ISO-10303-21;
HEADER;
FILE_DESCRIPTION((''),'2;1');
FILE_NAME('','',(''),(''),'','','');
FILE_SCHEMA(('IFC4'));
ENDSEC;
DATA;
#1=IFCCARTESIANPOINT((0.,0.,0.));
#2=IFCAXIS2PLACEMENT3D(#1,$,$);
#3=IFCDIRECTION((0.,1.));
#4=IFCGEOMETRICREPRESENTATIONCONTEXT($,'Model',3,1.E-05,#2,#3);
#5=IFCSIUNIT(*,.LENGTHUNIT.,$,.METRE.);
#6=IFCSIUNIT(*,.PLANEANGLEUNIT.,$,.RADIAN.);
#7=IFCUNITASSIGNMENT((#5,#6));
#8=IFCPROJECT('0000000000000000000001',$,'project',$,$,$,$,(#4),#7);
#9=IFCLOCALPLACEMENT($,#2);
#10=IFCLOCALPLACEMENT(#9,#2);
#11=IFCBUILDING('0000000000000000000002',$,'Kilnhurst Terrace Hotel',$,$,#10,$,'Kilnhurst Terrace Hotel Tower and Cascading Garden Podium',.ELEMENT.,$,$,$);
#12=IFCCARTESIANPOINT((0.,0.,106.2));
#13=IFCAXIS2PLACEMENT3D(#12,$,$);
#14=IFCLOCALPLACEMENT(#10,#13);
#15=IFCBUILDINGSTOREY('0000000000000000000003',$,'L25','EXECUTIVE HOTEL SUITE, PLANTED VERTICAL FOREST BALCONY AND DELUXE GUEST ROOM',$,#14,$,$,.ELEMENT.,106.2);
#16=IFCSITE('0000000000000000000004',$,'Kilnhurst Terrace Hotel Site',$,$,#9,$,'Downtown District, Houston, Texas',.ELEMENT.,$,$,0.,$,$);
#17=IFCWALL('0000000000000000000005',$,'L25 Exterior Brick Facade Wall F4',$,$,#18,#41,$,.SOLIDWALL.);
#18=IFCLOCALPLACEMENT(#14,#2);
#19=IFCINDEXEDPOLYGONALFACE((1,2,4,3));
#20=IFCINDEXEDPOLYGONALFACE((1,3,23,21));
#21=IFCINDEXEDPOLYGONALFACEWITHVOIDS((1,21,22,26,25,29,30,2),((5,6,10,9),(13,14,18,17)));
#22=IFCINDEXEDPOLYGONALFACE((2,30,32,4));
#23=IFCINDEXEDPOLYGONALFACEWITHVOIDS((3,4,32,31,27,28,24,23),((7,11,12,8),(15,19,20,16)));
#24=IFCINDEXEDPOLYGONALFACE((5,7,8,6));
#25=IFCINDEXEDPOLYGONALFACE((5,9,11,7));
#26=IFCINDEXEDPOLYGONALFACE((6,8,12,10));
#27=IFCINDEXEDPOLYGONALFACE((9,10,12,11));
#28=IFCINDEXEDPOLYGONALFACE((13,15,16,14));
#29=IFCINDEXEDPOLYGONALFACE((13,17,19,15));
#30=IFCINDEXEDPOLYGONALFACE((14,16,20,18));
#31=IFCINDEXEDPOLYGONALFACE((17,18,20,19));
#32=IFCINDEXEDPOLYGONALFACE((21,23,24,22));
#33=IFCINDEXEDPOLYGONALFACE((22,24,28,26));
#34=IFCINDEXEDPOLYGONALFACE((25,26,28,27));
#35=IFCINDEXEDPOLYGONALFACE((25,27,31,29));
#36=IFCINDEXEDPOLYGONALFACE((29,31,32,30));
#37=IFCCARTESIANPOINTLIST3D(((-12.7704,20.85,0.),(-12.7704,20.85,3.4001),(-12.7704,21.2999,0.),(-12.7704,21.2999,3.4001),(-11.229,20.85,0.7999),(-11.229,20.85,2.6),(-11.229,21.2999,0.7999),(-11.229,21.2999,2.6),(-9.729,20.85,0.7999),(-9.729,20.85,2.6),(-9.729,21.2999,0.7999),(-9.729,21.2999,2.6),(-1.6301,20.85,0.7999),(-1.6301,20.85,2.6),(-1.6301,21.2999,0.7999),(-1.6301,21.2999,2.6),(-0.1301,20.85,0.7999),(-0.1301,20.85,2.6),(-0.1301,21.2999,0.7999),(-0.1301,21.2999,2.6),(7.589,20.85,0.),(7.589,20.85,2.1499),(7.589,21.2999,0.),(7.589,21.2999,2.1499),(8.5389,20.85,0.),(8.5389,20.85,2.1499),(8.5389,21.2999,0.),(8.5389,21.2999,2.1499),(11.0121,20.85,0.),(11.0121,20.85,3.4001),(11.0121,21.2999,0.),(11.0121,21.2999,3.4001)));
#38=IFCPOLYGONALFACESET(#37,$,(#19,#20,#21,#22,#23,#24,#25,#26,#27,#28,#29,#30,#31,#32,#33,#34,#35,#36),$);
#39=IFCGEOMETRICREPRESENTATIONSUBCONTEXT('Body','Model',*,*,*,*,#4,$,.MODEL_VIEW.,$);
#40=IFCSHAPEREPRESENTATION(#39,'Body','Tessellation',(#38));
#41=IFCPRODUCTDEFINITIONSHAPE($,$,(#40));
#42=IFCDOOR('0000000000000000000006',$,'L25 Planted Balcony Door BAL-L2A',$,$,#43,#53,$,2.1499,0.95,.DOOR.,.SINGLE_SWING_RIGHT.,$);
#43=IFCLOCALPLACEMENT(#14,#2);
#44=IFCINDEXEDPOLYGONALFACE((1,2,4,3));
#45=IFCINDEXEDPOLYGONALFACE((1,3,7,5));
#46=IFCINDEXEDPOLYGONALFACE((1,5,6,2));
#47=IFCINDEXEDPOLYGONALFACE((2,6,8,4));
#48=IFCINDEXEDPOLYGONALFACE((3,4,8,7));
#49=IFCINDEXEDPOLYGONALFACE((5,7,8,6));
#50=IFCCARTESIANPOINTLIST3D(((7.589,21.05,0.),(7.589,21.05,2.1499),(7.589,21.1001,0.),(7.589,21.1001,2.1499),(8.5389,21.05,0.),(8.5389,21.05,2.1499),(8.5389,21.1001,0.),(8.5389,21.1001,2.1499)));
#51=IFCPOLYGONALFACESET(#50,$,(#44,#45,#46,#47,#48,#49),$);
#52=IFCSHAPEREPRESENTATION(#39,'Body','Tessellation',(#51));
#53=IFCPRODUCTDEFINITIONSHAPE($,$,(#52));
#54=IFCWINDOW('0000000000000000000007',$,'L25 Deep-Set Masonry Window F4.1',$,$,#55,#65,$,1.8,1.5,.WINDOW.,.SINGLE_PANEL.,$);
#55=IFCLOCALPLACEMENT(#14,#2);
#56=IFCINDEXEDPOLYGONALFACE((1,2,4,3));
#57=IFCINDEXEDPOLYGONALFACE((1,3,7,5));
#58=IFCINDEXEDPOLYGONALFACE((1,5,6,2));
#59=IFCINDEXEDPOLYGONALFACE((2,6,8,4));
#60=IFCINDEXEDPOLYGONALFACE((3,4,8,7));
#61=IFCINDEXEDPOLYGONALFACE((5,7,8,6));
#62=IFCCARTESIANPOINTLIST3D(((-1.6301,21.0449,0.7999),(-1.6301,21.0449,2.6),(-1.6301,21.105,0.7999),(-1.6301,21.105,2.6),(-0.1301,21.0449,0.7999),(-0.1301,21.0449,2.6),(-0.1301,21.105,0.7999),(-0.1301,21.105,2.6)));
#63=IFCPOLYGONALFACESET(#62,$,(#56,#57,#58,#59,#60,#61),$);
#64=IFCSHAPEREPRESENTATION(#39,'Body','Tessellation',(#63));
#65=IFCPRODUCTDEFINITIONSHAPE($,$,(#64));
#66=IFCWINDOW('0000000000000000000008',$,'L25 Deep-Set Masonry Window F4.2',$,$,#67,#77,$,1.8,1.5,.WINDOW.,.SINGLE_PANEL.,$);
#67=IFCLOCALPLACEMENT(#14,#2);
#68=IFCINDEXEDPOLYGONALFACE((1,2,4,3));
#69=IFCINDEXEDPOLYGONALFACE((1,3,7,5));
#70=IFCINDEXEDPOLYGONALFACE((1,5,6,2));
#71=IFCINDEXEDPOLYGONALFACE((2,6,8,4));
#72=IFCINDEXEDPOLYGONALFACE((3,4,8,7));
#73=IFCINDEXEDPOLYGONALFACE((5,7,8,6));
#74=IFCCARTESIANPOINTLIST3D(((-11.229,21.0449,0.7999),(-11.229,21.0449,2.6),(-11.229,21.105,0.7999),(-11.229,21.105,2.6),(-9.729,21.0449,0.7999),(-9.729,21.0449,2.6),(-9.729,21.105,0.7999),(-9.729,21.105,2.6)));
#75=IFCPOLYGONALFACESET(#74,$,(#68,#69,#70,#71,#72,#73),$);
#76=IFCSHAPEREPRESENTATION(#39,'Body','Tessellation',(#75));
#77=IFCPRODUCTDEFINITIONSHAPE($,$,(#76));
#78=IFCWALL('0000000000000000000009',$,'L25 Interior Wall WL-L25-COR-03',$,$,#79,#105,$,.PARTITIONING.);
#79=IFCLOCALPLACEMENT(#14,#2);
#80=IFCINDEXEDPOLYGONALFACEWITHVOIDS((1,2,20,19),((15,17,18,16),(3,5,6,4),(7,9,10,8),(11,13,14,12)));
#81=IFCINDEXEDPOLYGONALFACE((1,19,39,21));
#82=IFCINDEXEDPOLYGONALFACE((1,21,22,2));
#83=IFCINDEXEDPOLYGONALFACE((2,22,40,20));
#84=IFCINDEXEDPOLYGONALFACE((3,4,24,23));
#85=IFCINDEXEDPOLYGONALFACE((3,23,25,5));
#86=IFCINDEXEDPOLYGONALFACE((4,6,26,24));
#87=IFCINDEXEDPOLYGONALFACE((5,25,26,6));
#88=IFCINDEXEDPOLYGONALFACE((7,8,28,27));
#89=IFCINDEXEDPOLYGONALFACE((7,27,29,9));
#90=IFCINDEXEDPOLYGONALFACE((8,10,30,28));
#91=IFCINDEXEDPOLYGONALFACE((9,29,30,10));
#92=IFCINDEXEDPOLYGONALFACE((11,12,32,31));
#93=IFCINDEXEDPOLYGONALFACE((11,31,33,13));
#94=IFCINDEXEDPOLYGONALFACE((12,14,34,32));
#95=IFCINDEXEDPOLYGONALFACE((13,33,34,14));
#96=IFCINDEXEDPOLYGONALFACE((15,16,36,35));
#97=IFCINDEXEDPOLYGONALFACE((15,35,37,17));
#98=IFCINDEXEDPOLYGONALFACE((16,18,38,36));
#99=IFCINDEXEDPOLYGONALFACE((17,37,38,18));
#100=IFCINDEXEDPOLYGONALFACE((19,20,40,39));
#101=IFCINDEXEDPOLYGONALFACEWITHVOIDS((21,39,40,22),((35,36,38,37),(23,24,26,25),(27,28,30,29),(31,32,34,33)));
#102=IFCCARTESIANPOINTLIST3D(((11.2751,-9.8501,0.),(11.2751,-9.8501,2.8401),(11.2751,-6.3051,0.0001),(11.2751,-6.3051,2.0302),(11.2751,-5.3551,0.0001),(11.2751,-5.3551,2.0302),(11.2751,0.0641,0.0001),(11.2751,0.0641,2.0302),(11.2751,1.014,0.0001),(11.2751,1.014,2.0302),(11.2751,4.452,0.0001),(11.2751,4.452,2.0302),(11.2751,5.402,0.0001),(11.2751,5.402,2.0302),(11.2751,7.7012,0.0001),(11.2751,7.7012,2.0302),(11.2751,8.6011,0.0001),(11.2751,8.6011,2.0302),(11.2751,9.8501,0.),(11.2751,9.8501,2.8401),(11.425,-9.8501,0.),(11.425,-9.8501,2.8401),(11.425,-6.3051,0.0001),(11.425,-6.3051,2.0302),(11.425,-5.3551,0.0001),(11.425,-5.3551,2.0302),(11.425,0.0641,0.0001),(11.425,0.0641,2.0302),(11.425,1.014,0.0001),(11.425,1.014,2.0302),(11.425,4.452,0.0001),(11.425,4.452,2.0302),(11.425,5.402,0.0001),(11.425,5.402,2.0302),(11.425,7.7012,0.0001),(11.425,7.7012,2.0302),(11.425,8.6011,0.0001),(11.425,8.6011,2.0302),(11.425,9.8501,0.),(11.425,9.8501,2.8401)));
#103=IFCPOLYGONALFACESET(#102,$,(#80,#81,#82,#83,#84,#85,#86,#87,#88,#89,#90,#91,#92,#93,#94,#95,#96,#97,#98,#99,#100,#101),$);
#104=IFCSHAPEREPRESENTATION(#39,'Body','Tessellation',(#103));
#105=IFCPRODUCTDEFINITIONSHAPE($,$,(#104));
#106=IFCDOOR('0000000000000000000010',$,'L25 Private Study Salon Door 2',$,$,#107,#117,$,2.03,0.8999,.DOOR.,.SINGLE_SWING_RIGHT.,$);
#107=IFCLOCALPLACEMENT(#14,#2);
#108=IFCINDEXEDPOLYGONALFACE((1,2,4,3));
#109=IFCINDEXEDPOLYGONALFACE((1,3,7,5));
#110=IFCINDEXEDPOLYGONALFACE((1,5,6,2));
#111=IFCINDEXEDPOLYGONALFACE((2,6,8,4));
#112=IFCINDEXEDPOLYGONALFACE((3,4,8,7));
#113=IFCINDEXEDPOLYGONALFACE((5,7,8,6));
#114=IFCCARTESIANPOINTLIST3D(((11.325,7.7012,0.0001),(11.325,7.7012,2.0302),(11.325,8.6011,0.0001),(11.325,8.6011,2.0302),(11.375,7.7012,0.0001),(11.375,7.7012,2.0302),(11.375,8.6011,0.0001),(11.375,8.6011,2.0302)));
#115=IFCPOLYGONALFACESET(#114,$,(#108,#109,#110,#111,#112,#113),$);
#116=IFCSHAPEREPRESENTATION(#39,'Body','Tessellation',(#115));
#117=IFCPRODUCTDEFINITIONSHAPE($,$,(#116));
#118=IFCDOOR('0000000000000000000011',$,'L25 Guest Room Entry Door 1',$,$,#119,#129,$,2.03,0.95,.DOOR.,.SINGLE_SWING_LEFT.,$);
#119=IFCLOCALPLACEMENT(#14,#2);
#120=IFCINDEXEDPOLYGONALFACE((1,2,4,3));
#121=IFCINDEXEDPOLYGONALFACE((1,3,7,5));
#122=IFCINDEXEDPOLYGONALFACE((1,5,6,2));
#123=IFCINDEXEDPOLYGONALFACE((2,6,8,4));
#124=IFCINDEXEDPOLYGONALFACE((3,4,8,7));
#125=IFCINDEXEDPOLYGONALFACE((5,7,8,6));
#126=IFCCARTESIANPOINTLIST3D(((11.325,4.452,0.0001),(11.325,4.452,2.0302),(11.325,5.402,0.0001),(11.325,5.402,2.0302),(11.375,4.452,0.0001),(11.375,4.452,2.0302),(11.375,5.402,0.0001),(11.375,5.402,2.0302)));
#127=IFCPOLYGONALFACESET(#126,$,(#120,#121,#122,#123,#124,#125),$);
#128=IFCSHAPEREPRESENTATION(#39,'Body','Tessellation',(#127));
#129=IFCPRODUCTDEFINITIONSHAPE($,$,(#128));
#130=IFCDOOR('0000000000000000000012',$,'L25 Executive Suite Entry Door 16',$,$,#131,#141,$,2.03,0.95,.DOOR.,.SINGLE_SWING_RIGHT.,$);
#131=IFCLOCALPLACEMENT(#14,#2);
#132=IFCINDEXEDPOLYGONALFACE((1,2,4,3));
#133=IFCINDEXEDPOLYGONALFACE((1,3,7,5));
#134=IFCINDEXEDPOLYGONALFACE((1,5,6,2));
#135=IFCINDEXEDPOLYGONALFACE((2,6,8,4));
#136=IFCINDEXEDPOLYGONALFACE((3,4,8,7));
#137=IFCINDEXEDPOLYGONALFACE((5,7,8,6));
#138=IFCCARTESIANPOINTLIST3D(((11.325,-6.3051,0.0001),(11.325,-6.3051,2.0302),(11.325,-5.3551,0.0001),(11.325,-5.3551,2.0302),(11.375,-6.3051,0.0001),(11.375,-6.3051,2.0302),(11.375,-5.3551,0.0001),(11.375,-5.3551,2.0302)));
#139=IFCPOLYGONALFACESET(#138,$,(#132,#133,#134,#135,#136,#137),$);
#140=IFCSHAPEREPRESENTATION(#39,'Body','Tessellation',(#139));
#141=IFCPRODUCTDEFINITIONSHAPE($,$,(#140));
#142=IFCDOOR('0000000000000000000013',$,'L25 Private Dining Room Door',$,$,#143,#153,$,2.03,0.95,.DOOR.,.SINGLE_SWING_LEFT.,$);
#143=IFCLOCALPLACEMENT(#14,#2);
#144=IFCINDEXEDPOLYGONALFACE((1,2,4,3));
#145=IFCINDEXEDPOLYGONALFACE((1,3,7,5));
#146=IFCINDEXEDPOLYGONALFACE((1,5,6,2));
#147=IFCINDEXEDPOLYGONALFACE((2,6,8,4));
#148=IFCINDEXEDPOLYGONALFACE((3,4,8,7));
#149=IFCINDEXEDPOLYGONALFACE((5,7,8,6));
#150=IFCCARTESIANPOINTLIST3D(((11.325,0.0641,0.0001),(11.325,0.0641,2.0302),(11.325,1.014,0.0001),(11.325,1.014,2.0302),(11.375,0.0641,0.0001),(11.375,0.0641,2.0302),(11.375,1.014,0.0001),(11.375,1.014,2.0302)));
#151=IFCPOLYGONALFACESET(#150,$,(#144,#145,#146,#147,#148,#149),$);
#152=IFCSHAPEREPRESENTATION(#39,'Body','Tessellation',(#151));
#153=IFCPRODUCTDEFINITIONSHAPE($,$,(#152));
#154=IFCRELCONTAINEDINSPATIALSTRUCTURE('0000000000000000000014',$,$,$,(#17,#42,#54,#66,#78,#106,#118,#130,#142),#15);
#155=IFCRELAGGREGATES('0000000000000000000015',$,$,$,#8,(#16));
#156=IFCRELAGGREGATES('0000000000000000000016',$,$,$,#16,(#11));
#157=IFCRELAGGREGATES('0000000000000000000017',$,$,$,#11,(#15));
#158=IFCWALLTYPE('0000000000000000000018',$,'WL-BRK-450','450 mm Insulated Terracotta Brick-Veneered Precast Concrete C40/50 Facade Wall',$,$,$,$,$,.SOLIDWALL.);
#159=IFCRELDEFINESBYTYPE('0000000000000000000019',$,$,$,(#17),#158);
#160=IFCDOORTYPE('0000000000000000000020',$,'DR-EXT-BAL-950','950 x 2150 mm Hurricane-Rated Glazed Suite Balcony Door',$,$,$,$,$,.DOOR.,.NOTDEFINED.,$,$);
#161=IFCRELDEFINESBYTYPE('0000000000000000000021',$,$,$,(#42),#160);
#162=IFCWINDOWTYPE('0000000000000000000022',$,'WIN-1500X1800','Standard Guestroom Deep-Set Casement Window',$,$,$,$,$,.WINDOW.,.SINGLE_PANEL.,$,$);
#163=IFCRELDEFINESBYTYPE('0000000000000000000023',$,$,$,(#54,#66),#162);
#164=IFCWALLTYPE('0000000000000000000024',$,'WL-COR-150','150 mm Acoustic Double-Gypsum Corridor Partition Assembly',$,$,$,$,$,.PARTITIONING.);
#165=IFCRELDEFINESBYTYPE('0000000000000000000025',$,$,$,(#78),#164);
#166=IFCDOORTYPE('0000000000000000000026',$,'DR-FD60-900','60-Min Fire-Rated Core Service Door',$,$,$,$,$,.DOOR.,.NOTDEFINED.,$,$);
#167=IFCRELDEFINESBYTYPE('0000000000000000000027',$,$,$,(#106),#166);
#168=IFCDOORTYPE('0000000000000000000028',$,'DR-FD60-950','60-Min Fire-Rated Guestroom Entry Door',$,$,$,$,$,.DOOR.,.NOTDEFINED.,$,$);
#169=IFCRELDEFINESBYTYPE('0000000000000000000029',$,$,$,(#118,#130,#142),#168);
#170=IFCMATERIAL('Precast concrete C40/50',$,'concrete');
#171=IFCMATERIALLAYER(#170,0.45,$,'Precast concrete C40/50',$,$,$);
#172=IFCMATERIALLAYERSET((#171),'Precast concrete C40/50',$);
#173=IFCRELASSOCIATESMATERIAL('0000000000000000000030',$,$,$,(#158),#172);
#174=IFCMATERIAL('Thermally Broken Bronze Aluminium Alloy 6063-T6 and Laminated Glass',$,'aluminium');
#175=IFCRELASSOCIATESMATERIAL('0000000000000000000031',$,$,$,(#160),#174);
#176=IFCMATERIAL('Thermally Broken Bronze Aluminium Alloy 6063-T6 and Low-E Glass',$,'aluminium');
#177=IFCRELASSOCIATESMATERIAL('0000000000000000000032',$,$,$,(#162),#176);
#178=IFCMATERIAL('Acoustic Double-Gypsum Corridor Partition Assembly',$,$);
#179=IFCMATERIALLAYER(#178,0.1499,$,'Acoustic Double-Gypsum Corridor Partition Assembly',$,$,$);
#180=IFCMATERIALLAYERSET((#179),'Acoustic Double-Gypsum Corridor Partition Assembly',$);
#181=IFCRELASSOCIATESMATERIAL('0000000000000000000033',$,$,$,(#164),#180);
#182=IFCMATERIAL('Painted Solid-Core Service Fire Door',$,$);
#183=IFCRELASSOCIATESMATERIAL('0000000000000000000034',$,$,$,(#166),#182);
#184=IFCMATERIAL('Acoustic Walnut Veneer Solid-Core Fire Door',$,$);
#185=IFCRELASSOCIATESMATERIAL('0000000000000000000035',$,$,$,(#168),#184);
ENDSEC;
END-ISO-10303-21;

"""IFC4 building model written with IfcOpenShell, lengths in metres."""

from ifc_helpers import new_model, si_unit, direction, frame, frame_2d, origin, place, context, subcontext, project, spatial, rectangle, extrude, material, layer, layer_set, type_object, element, fill, save


model = new_model("IFC4")

# Units and contexts
model_context = context("Model", 3, precision=1e-05, world=origin(), true_north=direction((0.0, 1.0)))
body_context = subcontext(model_context, "Body", "Model", "MODEL_VIEW")
ifc_project = project(units=[si_unit("LENGTHUNIT", "METRE"), si_unit("PLANEANGLEUNIT", "RADIAN")], contexts=[model_context])

# Site, building, storey
site_placement = place(None, origin())
site = spatial("IfcSite", under=ifc_project, at=site_placement, Name="Kilnhurst Terrace Hotel Site", LongName="Downtown District, Houston, Texas", CompositionType="ELEMENT", RefElevation=0.0)
building_placement = place(site_placement, origin())
building = spatial("IfcBuilding", under=site, at=building_placement, Name="Kilnhurst Terrace Hotel", LongName="Kilnhurst Terrace Hotel Tower and Cascading Garden Podium", CompositionType="ELEMENT")
storey_placement = place(building_placement, frame((0.0, 0.0, 106.2)))
storey = spatial("IfcBuildingStorey", under=building, at=storey_placement, Name="L25", Description="EXECUTIVE HOTEL SUITE, PLANTED VERTICAL FOREST BALCONY AND DELUXE GUEST ROOM", CompositionType="ELEMENT", Elevation=106.2)

# Shared definitions
ifc_material_1 = material(Name="Precast concrete C40/50", Category="concrete")
ifc_layer_1 = layer(ifc_material_1, 0.45, Name="Precast concrete C40/50")
ifc_layer_set_1 = layer_set([ifc_layer_1], Name="Precast concrete C40/50")
wall_type_1 = type_object("IfcWallType", Name="WL-BRK-450", Description="450 mm Insulated Terracotta Brick-Veneered Precast Concrete C40/50 Facade Wall", PredefinedType="SOLIDWALL", material=ifc_layer_set_1)

# Wall, openings, door, windows
wall_1_placement = place(storey_placement, frame((11.012, 21.075, 0.0), z_axis=(0.0, 0.0, 1.0), x_axis=(-1.0, 0.0, 0.0)))
wall_1 = element("IfcWall", 1, at=wall_1_placement, inside=storey, type_object=wall_type_1, Name="L25 Exterior Brick Facade Wall F4", PredefinedType="SOLIDWALL", context=body_context, shape_type="SweptSolid", body=[
    extrude(rectangle(XDim=23.7825, YDim=0.45, at=frame_2d((11.8911, 0.0))), origin(), (0.0, 0.0, 1.0), 3.4001),
])
opening_1_placement = place(wall_1_placement, frame((2.4729, 0.0, 0.0)))
opening_1 = element("IfcOpeningElement", 2, at=opening_1_placement, cuts=wall_1, PredefinedType="OPENING", context=body_context, shape_type="SweptSolid", body=[
    extrude(rectangle(XDim=0.95, YDim=2.1499, at=frame_2d((0.4751, 1.075))), frame((0.0, 0.2349, 0.0), z_axis=(0.0, -1.0, 0.0), x_axis=(1.0, 0.0, 0.0)), (0.0, 0.0, 1.0), 0.47),
])
opening_2_placement = place(wall_1_placement, frame((11.1421, 0.0, 0.8)))
opening_2 = element("IfcOpeningElement", 3, at=opening_2_placement, cuts=wall_1, PredefinedType="OPENING", context=body_context, shape_type="SweptSolid", body=[
    extrude(rectangle(XDim=1.5, YDim=1.8, at=frame_2d((0.75, 0.8999))), frame((0.0, 0.2349, 0.0), z_axis=(0.0, -1.0, 0.0), x_axis=(1.0, 0.0, 0.0)), (0.0, 0.0, 1.0), 0.47),
])
opening_3_placement = place(wall_1_placement, frame((20.741, 0.0, 0.8)))
opening_3 = element("IfcOpeningElement", 4, at=opening_3_placement, cuts=wall_1, PredefinedType="OPENING", context=body_context, shape_type="SweptSolid", body=[
    extrude(rectangle(XDim=1.5, YDim=1.8, at=frame_2d((0.75, 0.8999))), frame((0.0, 0.2349, 0.0), z_axis=(0.0, -1.0, 0.0), x_axis=(1.0, 0.0, 0.0)), (0.0, 0.0, 1.0), 0.47),
])
ifc_material_2 = material(Name="Thermally Broken Bronze Aluminium Alloy 6063-T6 and Laminated Glass", Category="aluminium")
door_type_1 = type_object("IfcDoorType", Name="DR-EXT-BAL-950", Description="950 x 2150 mm Hurricane-Rated Glazed Suite Balcony Door", OperationType="NOTDEFINED", PredefinedType="DOOR", material=ifc_material_2)
door_1_placement = place(opening_1_placement, origin())
door_1 = element("IfcDoor", 5, at=door_1_placement, inside=storey, type_object=door_type_1, Name="L25 Planted Balcony Door BAL-L2A", OperationType="SINGLE_SWING_RIGHT", OverallHeight=2.1499, OverallWidth=0.95, PredefinedType="DOOR", context=body_context, shape_type="SweptSolid", body=[
    extrude(rectangle(XDim=0.95, YDim=2.1499, at=frame_2d((0.4751, 1.075))), frame((0.0, 0.0249, 0.0), z_axis=(0.0, -1.0, 0.0), x_axis=(1.0, 0.0, 0.0)), (0.0, 0.0, 1.0), 0.05),
])
fill(opening_1, door_1)
ifc_material_3 = material(Name="Thermally Broken Bronze Aluminium Alloy 6063-T6 and Low-E Glass", Category="aluminium")
window_type = type_object("IfcWindowType", Name="WIN-1500X1800", Description="Standard Guestroom Deep-Set Casement Window", PartitioningType="SINGLE_PANEL", PredefinedType="WINDOW", material=ifc_material_3)
window_1_placement = place(opening_2_placement, origin())
window_1 = element("IfcWindow", 6, at=window_1_placement, inside=storey, type_object=window_type, Name="L25 Deep-Set Masonry Window F4.1", OverallHeight=1.8, OverallWidth=1.5, PartitioningType="SINGLE_PANEL", PredefinedType="WINDOW", context=body_context, shape_type="SweptSolid", body=[
    extrude(rectangle(XDim=1.5, YDim=1.8, at=frame_2d((0.75, 0.8999))), frame((0.0, 0.03, 0.0), z_axis=(0.0, -1.0, 0.0), x_axis=(1.0, 0.0, 0.0)), (0.0, 0.0, 1.0), 0.0601),
])
fill(opening_2, window_1)
window_2_placement = place(opening_3_placement, origin())
window_2 = element("IfcWindow", 7, at=window_2_placement, inside=storey, type_object=window_type, Name="L25 Deep-Set Masonry Window F4.2", OverallHeight=1.8, OverallWidth=1.5, PartitioningType="SINGLE_PANEL", PredefinedType="WINDOW", context=body_context, shape_type="SweptSolid", body=[
    extrude(rectangle(XDim=1.5, YDim=1.8, at=frame_2d((0.75, 0.8999))), frame((0.0, 0.03, 0.0), z_axis=(0.0, -1.0, 0.0), x_axis=(1.0, 0.0, 0.0)), (0.0, 0.0, 1.0), 0.0601),
])
fill(opening_3, window_2)

# Wall, openings, doors
ifc_material_4 = material(Name="Acoustic Double-Gypsum Corridor Partition Assembly")
ifc_layer_2 = layer(ifc_material_4, 0.1499, Name="Acoustic Double-Gypsum Corridor Partition Assembly")
ifc_layer_set_2 = layer_set([ifc_layer_2], Name="Acoustic Double-Gypsum Corridor Partition Assembly")
wall_type_2 = type_object("IfcWallType", Name="WL-COR-150", Description="150 mm Acoustic Double-Gypsum Corridor Partition Assembly", PredefinedType="PARTITIONING", material=ifc_layer_set_2)
wall_2_placement = place(storey_placement, frame((11.3501, 9.8501, 0.0), z_axis=(0.0, 0.0, 1.0), x_axis=(0.0, -1.0, 0.0)))
wall_2 = element("IfcWall", 8, at=wall_2_placement, inside=storey, type_object=wall_type_2, Name="L25 Interior Wall WL-L25-COR-03", PredefinedType="PARTITIONING", context=body_context, shape_type="SweptSolid", body=[
    extrude(rectangle(XDim=19.7002, YDim=0.1499, at=frame_2d((9.8501, 0.0))), origin(), (0.0, 0.0, 1.0), 2.8401),
])
opening_4_placement = place(wall_2_placement, frame((4.448, 0.0, 0.0)))
opening_4 = element("IfcOpeningElement", 9, at=opening_4_placement, cuts=wall_2, PredefinedType="OPENING", context=body_context, shape_type="SweptSolid", body=[
    extrude(rectangle(XDim=0.95, YDim=2.03, at=frame_2d((0.4751, 1.0151))), frame((0.0, 0.085, 0.0), z_axis=(0.0, -1.0, 0.0), x_axis=(1.0, 0.0, 0.0)), (0.0, 0.0, 1.0), 0.1699),
])
opening_5_placement = place(wall_2_placement, frame((1.249, 0.0, 0.0)))
opening_5 = element("IfcOpeningElement", 10, at=opening_5_placement, cuts=wall_2, PredefinedType="OPENING", context=body_context, shape_type="SweptSolid", body=[
    extrude(rectangle(XDim=0.8999, YDim=2.03, at=frame_2d((0.45, 1.0151))), frame((0.0, 0.085, 0.0), z_axis=(0.0, -1.0, 0.0), x_axis=(1.0, 0.0, 0.0)), (0.0, 0.0, 1.0), 0.1699),
])
opening_6_placement = place(wall_2_placement, frame((15.2051, 0.0, 0.0)))
opening_6 = element("IfcOpeningElement", 11, at=opening_6_placement, cuts=wall_2, PredefinedType="OPENING", context=body_context, shape_type="SweptSolid", body=[
    extrude(rectangle(XDim=0.95, YDim=2.03, at=frame_2d((0.4751, 1.0151))), frame((0.0, 0.085, 0.0), z_axis=(0.0, -1.0, 0.0), x_axis=(1.0, 0.0, 0.0)), (0.0, 0.0, 1.0), 0.1699),
])
opening_7_placement = place(wall_2_placement, frame((8.8359, 0.0, 0.0)))
opening_7 = element("IfcOpeningElement", 12, at=opening_7_placement, cuts=wall_2, PredefinedType="OPENING", context=body_context, shape_type="SweptSolid", body=[
    extrude(rectangle(XDim=0.95, YDim=2.03, at=frame_2d((0.4751, 1.0151))), frame((0.0, 0.085, 0.0), z_axis=(0.0, -1.0, 0.0), x_axis=(1.0, 0.0, 0.0)), (0.0, 0.0, 1.0), 0.1699),
])
ifc_material_5 = material(Name="Painted Solid-Core Service Fire Door")
door_type_2 = type_object("IfcDoorType", Name="DR-FD60-900", Description="60-Min Fire-Rated Core Service Door", OperationType="NOTDEFINED", PredefinedType="DOOR", material=ifc_material_5)
door_2_placement = place(opening_5_placement, origin())
door_2 = element("IfcDoor", 13, at=door_2_placement, inside=storey, type_object=door_type_2, Name="L25 Private Study Salon Door 2", OperationType="SINGLE_SWING_RIGHT", OverallHeight=2.03, OverallWidth=0.8999, PredefinedType="DOOR", context=body_context, shape_type="SweptSolid", body=[
    extrude(rectangle(XDim=0.8999, YDim=2.03, at=frame_2d((0.45, 1.0151))), frame((0.0, 0.0249, 0.0), z_axis=(0.0, -1.0, 0.0), x_axis=(1.0, 0.0, 0.0)), (0.0, 0.0, 1.0), 0.05),
])
fill(opening_5, door_2)
ifc_material_6 = material(Name="Acoustic Walnut Veneer Solid-Core Fire Door")
door_type_3 = type_object("IfcDoorType", Name="DR-FD60-950", Description="60-Min Fire-Rated Guestroom Entry Door", OperationType="NOTDEFINED", PredefinedType="DOOR", material=ifc_material_6)
door_3_placement = place(opening_4_placement, origin())
door_3 = element("IfcDoor", 14, at=door_3_placement, inside=storey, type_object=door_type_3, Name="L25 Guest Room Entry Door 1", OperationType="SINGLE_SWING_LEFT", OverallHeight=2.03, OverallWidth=0.95, PredefinedType="DOOR", context=body_context, shape_type="SweptSolid", body=[
    extrude(rectangle(XDim=0.95, YDim=2.03, at=frame_2d((0.4751, 1.0151))), frame((0.0, 0.0249, 0.0), z_axis=(0.0, -1.0, 0.0), x_axis=(1.0, 0.0, 0.0)), (0.0, 0.0, 1.0), 0.05),
])
fill(opening_4, door_3)
door_4_placement = place(opening_6_placement, origin())
door_4 = element("IfcDoor", 15, at=door_4_placement, inside=storey, type_object=door_type_3, Name="L25 Executive Suite Entry Door 16", OperationType="SINGLE_SWING_RIGHT", OverallHeight=2.03, OverallWidth=0.95, PredefinedType="DOOR", context=body_context, shape_type="SweptSolid", body=[
    extrude(rectangle(XDim=0.95, YDim=2.03, at=frame_2d((0.4751, 1.0151))), frame((0.0, 0.0249, 0.0), z_axis=(0.0, -1.0, 0.0), x_axis=(1.0, 0.0, 0.0)), (0.0, 0.0, 1.0), 0.05),
])
fill(opening_6, door_4)
door_5_placement = place(opening_7_placement, origin())
door_5 = element("IfcDoor", 16, at=door_5_placement, inside=storey, type_object=door_type_3, Name="L25 Private Dining Room Door", OperationType="SINGLE_SWING_LEFT", OverallHeight=2.03, OverallWidth=0.95, PredefinedType="DOOR", context=body_context, shape_type="SweptSolid", body=[
    extrude(rectangle(XDim=0.95, YDim=2.03, at=frame_2d((0.4751, 1.0151))), frame((0.0, 0.0249, 0.0), z_axis=(0.0, -1.0, 0.0), x_axis=(1.0, 0.0, 0.0)), (0.0, 0.0, 1.0), 0.05),
])
fill(opening_7, door_5)

save(model, "model.ifc")
